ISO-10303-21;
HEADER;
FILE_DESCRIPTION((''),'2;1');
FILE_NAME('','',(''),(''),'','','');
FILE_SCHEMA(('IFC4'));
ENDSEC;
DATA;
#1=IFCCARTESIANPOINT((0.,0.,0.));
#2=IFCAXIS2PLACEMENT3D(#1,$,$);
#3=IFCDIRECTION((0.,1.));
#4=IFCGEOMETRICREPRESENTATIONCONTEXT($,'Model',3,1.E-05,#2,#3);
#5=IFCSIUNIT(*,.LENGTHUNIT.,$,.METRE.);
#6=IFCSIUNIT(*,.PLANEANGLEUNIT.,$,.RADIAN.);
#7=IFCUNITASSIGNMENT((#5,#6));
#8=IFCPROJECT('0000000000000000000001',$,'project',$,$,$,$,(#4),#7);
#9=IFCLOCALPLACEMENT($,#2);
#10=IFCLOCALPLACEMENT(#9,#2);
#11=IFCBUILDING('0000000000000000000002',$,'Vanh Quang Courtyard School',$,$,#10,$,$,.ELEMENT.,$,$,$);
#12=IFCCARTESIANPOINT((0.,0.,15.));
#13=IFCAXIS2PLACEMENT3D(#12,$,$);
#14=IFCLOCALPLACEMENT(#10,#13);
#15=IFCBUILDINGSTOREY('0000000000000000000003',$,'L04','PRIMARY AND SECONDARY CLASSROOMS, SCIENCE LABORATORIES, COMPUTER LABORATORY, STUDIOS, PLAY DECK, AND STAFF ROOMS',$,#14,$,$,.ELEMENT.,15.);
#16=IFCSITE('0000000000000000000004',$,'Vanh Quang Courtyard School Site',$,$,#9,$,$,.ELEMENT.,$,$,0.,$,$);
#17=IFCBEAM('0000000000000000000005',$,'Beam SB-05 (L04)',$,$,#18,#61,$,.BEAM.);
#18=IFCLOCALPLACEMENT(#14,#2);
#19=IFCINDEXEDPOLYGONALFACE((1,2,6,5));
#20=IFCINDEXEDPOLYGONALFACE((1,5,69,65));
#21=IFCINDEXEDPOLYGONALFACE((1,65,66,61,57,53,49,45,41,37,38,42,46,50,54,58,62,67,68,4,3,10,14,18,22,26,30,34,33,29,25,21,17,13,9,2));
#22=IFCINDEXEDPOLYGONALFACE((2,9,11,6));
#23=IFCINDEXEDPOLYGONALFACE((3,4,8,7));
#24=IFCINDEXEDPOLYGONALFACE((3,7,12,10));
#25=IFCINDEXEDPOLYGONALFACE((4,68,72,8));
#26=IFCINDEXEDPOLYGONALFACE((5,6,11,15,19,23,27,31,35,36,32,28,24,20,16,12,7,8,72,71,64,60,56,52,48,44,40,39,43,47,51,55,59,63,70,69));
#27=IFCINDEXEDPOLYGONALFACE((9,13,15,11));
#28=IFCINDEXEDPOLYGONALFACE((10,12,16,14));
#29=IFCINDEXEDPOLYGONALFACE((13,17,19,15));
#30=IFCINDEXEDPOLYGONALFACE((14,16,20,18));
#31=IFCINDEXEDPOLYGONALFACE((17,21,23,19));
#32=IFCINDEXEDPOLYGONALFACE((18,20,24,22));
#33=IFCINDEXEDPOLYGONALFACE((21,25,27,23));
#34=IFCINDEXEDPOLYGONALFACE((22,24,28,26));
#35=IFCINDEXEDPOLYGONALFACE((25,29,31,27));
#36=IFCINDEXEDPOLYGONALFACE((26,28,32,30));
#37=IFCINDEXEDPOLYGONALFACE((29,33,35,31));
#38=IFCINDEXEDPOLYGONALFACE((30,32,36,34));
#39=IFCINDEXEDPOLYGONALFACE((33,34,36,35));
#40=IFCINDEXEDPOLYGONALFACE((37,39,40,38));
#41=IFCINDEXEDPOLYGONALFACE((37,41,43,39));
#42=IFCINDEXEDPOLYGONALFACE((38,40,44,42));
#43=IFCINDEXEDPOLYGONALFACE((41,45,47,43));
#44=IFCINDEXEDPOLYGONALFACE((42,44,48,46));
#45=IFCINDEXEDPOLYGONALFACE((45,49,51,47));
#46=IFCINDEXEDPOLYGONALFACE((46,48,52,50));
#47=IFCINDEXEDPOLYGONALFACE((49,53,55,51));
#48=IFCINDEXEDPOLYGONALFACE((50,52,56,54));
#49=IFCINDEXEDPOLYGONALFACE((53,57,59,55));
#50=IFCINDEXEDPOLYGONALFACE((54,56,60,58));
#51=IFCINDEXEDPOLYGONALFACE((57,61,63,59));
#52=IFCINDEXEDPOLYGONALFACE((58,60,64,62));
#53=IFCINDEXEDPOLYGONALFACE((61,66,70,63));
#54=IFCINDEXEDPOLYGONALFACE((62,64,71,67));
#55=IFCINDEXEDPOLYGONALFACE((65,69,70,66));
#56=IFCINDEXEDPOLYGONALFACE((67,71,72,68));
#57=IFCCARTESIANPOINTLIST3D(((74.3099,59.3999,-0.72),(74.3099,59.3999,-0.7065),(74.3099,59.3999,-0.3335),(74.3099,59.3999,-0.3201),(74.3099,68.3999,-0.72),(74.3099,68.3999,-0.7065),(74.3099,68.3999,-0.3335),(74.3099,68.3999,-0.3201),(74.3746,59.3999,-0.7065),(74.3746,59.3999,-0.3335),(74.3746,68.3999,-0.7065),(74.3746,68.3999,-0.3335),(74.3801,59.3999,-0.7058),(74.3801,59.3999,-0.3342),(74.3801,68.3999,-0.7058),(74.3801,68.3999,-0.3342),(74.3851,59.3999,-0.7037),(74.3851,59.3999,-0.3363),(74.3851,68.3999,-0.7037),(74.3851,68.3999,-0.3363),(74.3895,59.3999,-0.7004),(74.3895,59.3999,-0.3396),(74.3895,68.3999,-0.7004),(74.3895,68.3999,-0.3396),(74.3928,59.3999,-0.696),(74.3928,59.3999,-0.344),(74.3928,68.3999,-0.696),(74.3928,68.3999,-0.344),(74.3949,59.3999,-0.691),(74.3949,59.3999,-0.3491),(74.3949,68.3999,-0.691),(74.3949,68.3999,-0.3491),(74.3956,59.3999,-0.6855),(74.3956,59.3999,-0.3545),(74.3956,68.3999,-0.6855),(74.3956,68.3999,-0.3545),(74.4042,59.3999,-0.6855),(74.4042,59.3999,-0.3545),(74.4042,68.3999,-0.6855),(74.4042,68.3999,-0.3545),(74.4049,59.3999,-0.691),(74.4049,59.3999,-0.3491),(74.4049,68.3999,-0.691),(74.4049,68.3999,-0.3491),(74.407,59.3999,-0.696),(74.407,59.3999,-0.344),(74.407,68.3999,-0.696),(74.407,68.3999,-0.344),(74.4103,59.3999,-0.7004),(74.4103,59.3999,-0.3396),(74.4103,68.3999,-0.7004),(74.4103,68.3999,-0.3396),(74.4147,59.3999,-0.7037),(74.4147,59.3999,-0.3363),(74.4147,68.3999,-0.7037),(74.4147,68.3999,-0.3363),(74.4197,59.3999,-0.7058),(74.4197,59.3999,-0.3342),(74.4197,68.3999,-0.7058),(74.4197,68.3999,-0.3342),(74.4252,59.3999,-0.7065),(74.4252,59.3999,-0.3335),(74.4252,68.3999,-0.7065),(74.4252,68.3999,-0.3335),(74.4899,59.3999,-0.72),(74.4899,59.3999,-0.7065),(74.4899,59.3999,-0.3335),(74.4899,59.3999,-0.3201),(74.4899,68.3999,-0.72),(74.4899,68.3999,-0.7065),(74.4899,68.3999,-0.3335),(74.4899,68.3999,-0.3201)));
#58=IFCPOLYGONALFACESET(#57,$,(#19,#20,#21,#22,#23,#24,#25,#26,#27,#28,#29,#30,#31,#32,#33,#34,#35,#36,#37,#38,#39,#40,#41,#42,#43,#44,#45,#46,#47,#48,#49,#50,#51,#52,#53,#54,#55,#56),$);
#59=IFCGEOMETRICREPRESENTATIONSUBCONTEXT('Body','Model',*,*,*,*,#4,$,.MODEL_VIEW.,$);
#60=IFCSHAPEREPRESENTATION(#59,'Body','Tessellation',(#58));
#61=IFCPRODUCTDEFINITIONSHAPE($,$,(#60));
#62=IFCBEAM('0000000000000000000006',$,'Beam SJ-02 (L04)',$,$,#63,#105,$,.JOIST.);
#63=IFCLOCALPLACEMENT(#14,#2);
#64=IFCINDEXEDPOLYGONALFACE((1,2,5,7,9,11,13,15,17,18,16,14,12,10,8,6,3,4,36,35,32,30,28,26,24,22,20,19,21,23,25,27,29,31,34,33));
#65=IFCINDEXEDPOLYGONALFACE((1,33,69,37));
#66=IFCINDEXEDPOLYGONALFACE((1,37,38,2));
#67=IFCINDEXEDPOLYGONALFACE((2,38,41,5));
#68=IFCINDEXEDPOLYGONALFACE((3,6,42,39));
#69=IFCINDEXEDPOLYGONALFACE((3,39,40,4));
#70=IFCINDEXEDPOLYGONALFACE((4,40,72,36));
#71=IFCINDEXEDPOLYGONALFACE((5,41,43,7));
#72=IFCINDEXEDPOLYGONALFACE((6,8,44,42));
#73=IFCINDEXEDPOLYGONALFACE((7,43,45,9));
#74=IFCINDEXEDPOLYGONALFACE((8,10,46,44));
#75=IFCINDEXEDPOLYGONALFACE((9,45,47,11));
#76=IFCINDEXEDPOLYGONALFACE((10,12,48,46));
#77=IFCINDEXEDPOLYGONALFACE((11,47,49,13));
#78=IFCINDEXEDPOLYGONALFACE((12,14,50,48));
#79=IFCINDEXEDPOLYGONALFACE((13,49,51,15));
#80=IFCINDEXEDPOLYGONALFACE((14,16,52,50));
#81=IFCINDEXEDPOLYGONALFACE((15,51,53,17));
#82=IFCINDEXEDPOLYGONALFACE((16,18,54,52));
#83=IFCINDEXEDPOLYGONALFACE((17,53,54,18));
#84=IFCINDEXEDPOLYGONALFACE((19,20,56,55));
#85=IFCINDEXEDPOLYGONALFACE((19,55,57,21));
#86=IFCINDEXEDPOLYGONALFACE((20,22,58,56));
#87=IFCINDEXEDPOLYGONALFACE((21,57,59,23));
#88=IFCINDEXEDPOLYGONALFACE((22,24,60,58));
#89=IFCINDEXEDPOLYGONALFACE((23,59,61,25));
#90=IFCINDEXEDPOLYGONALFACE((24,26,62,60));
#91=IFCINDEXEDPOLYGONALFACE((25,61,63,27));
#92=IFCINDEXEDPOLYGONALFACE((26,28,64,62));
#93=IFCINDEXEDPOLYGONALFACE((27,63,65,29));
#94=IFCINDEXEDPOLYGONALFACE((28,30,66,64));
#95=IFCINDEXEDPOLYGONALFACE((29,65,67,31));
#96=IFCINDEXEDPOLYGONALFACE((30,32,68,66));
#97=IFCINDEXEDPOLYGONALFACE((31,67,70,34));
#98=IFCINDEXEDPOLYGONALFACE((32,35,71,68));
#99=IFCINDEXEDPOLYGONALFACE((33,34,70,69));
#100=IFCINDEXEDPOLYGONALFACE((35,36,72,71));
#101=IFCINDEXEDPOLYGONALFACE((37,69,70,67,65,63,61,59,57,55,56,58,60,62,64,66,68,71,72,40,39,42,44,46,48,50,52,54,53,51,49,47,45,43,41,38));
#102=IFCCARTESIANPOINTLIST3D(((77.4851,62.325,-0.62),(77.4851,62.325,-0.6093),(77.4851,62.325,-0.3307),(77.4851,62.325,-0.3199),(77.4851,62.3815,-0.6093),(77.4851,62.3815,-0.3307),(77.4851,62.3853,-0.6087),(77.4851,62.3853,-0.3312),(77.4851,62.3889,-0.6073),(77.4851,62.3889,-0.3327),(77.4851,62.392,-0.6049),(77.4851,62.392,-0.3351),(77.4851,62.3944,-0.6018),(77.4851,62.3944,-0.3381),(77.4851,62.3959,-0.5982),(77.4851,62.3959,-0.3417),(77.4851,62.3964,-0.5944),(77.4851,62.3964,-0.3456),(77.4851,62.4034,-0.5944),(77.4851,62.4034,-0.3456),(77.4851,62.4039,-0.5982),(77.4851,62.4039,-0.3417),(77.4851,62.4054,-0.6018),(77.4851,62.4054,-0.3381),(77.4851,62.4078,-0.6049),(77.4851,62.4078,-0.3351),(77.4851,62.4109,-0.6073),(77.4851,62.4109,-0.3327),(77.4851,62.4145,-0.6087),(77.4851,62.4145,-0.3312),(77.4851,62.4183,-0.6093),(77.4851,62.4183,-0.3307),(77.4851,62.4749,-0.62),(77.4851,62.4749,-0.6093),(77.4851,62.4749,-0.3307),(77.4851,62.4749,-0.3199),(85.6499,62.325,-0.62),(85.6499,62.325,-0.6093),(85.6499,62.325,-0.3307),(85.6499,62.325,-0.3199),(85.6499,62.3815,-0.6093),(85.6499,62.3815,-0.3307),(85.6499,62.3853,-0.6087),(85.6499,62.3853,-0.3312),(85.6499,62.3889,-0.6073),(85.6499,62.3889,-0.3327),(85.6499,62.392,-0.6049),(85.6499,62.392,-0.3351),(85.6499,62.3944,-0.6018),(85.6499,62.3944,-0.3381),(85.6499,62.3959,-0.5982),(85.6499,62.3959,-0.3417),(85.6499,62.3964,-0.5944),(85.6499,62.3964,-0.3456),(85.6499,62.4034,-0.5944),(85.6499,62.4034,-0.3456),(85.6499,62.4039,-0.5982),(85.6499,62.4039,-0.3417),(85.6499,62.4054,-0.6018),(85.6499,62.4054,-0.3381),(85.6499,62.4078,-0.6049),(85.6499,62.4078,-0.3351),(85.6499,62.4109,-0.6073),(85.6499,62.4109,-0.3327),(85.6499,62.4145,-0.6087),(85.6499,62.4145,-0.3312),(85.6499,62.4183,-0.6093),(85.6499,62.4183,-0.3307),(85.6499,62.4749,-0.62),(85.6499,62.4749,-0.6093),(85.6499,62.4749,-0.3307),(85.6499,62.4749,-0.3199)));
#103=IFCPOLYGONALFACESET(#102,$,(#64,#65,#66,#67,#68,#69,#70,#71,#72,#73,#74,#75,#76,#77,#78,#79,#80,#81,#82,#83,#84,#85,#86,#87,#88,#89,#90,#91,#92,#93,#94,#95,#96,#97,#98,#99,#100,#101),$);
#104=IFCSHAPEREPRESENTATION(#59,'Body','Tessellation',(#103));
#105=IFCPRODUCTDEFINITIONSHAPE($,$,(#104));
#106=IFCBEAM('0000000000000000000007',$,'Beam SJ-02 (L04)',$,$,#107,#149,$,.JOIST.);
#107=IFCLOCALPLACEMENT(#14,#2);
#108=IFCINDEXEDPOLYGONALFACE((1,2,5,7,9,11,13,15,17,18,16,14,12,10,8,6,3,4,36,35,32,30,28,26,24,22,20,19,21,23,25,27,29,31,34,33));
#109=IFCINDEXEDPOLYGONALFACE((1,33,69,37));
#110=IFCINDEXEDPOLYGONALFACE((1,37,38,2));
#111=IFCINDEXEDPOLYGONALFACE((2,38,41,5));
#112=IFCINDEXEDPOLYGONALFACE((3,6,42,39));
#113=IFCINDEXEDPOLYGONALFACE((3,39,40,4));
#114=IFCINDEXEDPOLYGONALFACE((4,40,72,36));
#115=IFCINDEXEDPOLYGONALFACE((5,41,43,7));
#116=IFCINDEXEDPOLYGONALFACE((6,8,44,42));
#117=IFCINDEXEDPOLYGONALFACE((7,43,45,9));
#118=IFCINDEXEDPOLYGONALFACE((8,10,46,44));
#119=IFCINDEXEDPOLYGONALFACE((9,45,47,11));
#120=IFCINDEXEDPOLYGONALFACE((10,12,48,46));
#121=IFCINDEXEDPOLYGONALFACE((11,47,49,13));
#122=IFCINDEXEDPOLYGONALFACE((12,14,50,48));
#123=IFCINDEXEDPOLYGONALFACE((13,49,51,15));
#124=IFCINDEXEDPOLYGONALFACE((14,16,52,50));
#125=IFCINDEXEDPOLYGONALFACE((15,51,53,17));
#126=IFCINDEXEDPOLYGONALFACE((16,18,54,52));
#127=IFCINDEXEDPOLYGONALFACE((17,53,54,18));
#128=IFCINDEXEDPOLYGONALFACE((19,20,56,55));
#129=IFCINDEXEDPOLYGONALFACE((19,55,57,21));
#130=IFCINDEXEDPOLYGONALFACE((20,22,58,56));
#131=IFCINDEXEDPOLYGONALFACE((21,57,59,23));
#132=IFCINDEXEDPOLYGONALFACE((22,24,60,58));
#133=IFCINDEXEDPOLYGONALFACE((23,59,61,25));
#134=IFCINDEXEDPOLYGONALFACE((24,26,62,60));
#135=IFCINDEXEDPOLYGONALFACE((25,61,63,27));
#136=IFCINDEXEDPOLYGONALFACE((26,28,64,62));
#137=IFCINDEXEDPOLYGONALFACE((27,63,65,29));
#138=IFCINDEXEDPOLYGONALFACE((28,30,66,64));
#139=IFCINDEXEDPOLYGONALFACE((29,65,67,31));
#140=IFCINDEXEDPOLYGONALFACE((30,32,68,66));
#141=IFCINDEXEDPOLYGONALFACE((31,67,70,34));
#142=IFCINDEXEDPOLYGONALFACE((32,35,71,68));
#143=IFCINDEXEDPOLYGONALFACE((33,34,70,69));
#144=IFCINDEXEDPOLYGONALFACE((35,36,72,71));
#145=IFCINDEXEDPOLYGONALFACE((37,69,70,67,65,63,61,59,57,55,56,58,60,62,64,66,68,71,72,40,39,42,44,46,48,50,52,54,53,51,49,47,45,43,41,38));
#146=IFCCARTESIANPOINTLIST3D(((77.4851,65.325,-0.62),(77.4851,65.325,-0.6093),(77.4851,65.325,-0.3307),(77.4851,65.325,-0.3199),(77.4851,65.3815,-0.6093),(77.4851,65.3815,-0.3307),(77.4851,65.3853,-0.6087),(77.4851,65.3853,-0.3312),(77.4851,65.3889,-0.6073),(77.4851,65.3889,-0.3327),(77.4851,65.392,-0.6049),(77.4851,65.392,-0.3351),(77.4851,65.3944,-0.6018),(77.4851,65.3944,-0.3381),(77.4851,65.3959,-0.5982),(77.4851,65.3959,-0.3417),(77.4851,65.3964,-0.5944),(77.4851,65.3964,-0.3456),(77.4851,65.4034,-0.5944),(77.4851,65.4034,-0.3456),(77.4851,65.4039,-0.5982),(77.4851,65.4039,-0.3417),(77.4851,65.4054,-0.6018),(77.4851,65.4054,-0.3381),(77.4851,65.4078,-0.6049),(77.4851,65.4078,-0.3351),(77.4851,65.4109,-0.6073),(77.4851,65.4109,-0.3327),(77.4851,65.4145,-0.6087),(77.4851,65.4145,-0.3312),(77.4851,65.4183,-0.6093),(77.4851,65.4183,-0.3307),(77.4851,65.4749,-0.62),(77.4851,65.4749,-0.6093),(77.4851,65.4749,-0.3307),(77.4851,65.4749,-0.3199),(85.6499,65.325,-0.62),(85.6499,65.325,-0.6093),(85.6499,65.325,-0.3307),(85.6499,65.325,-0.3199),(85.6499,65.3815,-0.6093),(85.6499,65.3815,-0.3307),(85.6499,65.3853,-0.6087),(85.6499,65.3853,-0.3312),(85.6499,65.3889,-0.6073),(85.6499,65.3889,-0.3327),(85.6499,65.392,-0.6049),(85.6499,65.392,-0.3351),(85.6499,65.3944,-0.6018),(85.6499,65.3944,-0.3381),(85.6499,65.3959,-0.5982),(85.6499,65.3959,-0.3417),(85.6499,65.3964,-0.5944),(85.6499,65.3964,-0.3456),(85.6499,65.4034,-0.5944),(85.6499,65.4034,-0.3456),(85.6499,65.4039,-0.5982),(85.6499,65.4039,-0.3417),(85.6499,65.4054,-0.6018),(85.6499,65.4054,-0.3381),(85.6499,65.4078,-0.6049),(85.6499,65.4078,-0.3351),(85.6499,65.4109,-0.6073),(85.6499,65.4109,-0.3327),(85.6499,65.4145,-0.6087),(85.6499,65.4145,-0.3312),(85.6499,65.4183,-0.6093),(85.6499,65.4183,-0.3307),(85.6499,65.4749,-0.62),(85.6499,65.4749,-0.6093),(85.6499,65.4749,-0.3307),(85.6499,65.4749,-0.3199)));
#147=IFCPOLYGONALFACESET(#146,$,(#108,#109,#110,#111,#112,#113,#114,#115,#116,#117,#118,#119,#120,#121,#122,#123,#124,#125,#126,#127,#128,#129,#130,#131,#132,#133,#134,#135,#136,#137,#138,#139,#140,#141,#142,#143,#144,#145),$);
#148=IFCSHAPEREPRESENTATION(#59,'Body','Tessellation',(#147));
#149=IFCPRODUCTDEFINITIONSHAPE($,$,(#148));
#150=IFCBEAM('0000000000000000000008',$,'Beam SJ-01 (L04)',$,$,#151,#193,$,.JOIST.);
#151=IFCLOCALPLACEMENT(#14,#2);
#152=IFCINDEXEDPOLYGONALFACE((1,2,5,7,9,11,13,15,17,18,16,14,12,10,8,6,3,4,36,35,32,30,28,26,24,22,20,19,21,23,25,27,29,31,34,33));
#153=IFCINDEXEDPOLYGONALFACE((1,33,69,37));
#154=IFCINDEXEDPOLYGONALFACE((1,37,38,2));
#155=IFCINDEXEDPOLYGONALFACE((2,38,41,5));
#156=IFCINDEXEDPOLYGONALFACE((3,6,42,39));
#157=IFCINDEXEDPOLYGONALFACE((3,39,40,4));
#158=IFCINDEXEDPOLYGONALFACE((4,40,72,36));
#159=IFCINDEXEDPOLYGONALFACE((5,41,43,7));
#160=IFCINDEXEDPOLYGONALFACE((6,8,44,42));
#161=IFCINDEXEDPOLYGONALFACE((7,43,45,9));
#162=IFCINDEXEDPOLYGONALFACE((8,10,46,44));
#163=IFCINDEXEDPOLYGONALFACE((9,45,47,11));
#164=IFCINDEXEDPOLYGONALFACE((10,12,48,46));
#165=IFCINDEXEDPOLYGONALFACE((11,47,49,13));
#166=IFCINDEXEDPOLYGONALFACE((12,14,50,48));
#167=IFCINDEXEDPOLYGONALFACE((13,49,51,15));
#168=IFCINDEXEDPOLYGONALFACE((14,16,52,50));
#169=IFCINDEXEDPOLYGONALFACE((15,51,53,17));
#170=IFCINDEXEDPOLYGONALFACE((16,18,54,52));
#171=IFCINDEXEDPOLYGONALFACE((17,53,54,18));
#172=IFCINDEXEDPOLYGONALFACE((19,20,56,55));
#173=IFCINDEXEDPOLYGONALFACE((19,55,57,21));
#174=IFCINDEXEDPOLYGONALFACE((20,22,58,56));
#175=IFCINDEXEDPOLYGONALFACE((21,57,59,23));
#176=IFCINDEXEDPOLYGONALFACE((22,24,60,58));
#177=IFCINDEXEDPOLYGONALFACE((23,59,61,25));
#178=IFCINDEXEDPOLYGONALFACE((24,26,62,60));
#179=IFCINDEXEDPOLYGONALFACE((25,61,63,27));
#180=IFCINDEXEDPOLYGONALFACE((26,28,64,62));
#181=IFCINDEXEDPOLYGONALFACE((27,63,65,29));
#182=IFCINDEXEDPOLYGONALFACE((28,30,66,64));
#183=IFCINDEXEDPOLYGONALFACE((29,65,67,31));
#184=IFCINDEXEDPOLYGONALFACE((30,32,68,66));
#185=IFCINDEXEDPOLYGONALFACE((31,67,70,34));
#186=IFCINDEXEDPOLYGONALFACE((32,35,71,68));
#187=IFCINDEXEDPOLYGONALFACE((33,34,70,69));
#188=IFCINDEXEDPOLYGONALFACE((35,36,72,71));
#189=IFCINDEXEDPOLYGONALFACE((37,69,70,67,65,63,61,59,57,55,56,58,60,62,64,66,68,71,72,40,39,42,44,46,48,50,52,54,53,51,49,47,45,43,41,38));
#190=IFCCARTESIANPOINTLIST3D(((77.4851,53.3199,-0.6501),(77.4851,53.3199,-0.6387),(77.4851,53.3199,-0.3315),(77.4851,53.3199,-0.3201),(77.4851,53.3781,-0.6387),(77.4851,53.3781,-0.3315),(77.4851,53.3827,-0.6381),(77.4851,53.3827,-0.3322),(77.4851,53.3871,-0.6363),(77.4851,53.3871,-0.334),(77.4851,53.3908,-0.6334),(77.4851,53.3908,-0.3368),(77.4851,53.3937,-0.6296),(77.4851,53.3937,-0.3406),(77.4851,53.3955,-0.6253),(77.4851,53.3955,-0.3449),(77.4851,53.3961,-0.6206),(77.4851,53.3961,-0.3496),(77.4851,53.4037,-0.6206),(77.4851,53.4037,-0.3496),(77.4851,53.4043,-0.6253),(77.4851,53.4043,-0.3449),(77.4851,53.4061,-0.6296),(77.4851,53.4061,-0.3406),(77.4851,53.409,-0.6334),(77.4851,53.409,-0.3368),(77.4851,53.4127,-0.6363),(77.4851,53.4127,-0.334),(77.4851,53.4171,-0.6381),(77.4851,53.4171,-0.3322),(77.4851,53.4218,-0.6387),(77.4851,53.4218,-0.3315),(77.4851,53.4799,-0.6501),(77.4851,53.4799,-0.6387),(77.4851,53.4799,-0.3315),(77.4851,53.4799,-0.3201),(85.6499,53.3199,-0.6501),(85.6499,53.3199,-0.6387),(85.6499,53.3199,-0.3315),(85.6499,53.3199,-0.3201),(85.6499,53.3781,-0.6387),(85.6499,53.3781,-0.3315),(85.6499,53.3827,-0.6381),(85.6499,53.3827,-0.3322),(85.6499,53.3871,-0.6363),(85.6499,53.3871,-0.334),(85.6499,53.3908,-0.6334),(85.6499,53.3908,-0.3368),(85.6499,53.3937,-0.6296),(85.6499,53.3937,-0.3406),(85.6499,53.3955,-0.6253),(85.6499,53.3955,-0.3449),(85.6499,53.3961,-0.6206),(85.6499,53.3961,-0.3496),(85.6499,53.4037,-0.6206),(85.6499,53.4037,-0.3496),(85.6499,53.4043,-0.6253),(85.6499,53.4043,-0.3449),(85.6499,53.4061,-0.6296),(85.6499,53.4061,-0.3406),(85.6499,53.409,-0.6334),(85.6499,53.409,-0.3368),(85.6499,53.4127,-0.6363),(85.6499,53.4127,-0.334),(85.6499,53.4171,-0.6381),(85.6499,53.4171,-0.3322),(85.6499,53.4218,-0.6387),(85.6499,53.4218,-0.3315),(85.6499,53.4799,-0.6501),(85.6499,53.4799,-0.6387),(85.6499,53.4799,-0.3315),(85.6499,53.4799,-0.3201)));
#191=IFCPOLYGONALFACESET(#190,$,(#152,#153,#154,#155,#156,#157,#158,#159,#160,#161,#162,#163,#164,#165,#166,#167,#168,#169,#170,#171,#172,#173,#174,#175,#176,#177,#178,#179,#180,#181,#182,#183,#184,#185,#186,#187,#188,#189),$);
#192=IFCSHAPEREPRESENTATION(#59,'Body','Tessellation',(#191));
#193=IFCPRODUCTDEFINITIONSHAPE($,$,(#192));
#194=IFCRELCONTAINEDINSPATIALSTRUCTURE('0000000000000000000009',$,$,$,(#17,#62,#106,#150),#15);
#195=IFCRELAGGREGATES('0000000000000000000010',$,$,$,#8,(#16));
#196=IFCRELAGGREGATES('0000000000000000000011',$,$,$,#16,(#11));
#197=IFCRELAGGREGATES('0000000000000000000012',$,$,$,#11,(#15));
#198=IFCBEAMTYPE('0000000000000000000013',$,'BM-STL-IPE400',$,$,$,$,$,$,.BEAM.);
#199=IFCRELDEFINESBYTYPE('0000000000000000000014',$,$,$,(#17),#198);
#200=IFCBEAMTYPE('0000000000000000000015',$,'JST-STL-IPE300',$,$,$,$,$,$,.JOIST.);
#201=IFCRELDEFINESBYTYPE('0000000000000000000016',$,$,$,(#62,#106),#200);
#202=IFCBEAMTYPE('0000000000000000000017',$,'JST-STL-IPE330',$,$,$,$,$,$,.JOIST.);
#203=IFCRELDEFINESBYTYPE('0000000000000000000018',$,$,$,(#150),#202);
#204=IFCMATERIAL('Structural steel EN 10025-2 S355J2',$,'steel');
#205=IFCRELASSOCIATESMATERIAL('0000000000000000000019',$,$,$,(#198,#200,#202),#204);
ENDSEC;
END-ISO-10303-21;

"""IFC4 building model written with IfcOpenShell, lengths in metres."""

from ifc_helpers import new_model, si_unit, direction, frame, origin, origin_2d, place, context, subcontext, project, spatial, i_section, extrude, material, material_profile, profile_set, type_object, element, save


model = new_model("IFC4")

# Units and contexts
model_context = context("Model", 3, precision=1e-05, world=origin(), true_north=direction((0.0, 1.0)))
body_context = subcontext(model_context, "Body", "Model", "MODEL_VIEW")
ifc_project = project(units=[si_unit("LENGTHUNIT", "METRE"), si_unit("PLANEANGLEUNIT", "RADIAN")], contexts=[model_context])

# Site, building, storey
site_placement = place(None, origin())
site = spatial("IfcSite", under=ifc_project, at=site_placement, Name="Vanh Quang Courtyard School Site", CompositionType="ELEMENT", RefElevation=0.0)
building_placement = place(site_placement, origin())
building = spatial("IfcBuilding", under=site, at=building_placement, Name="Vanh Quang Courtyard School", CompositionType="ELEMENT")
storey_placement = place(building_placement, frame((0.0, 0.0, 15.0)))
storey = spatial("IfcBuildingStorey", under=building, at=storey_placement, Name="L04", Description="PRIMARY AND SECONDARY CLASSROOMS, SCIENCE LABORATORIES, COMPUTER LABORATORY, STUDIOS, PLAY DECK, AND STAFF ROOMS", CompositionType="ELEMENT", Elevation=15.0)

# Beams
ifc_material_1 = material(Name="Structural steel EN 10025-2 S355J2", Category="steel")
ifc_material_profile_1 = material_profile(ifc_material_1, i_section(OverallWidth=0.1799, OverallDepth=0.3999, WebThickness=0.0085, FlangeThickness=0.0134, FilletRadius=0.021, at=origin_2d()), Name="IPE 400")
ifc_profile_set_1 = profile_set([ifc_material_profile_1], Name="Structural steel EN 10025-2 S355J2")
beam_type_1 = type_object("IfcBeamType", Name="BM-STL-IPE400", PredefinedType="BEAM", material=ifc_profile_set_1)
beam_1_placement = place(storey_placement, frame((74.3999, 59.3999, -0.52), z_axis=(0.0, 1.0, 0.0), x_axis=(-1.0, 0.0, 0.0)))
element("IfcBeam", 1, at=beam_1_placement, inside=storey, type_object=beam_type_1, Name="Beam SB-05 (L04)", PredefinedType="BEAM", context=body_context, shape_type="SweptSolid", body=[
    extrude(i_section(OverallWidth=0.1799, OverallDepth=0.3999, WebThickness=0.0085, FlangeThickness=0.0134, FilletRadius=0.021, at=origin_2d()), origin(), (0.0, 0.0, 1.0), 9.0),
])
ifc_material_profile_2 = material_profile(ifc_material_1, i_section(OverallWidth=0.1499, OverallDepth=0.3, WebThickness=0.0071, FlangeThickness=0.0107, FilletRadius=0.0149, at=origin_2d()), Name="IPE 300")
ifc_profile_set_2 = profile_set([ifc_material_profile_2], Name="Structural steel EN 10025-2 S355J2")
beam_type_2 = type_object("IfcBeamType", Name="JST-STL-IPE300", PredefinedType="JOIST", material=ifc_profile_set_2)
for number, where, z_axis, x_axis, name in (
    (2, (77.4851, 62.3999, -0.47), (1.0, 0.0, 0.0), (0.0, 1.0, 0.0), "Beam SJ-02 (L04)"),
    (3, (77.4851, 65.3999, -0.47), (1.0, 0.0, 0.0), (0.0, 1.0, 0.0), "Beam SJ-02 (L04)"),
):
    element("IfcBeam", number, at=place(storey_placement, frame(where, z_axis=z_axis, x_axis=x_axis)), inside=storey, type_object=beam_type_2, Name=name, PredefinedType="JOIST", context=body_context, shape_type="SweptSolid", body=[
        extrude(i_section(OverallWidth=0.1499, OverallDepth=0.3, WebThickness=0.0071, FlangeThickness=0.0107, FilletRadius=0.0149, at=origin_2d()), origin(), (0.0, 0.0, 1.0), 8.1648),
    ])
ifc_material_profile_3 = material_profile(ifc_material_1, i_section(OverallWidth=0.1599, OverallDepth=0.3301, WebThickness=0.0076, FlangeThickness=0.0115, FilletRadius=0.0181, at=origin_2d()), Name="IPE 330")
ifc_profile_set_3 = profile_set([ifc_material_profile_3], Name="Structural steel EN 10025-2 S355J2")
beam_type_3 = type_object("IfcBeamType", Name="JST-STL-IPE330", PredefinedType="JOIST", material=ifc_profile_set_3)
for number, where, z_axis, x_axis, name in (
    (4, (77.4851, 53.3999, -0.4851), (1.0, 0.0, 0.0), (0.0, 1.0, 0.0), "Beam SJ-01 (L04)"),
):
    element("IfcBeam", number, at=place(storey_placement, frame(where, z_axis=z_axis, x_axis=x_axis)), inside=storey, type_object=beam_type_3, Name=name, PredefinedType="JOIST", context=body_context, shape_type="SweptSolid", body=[
        extrude(i_section(OverallWidth=0.1599, OverallDepth=0.3301, WebThickness=0.0076, FlangeThickness=0.0115, FilletRadius=0.0181, at=origin_2d()), origin(), (0.0, 0.0, 1.0), 8.1648),
    ])

save(model, "model.ifc")
